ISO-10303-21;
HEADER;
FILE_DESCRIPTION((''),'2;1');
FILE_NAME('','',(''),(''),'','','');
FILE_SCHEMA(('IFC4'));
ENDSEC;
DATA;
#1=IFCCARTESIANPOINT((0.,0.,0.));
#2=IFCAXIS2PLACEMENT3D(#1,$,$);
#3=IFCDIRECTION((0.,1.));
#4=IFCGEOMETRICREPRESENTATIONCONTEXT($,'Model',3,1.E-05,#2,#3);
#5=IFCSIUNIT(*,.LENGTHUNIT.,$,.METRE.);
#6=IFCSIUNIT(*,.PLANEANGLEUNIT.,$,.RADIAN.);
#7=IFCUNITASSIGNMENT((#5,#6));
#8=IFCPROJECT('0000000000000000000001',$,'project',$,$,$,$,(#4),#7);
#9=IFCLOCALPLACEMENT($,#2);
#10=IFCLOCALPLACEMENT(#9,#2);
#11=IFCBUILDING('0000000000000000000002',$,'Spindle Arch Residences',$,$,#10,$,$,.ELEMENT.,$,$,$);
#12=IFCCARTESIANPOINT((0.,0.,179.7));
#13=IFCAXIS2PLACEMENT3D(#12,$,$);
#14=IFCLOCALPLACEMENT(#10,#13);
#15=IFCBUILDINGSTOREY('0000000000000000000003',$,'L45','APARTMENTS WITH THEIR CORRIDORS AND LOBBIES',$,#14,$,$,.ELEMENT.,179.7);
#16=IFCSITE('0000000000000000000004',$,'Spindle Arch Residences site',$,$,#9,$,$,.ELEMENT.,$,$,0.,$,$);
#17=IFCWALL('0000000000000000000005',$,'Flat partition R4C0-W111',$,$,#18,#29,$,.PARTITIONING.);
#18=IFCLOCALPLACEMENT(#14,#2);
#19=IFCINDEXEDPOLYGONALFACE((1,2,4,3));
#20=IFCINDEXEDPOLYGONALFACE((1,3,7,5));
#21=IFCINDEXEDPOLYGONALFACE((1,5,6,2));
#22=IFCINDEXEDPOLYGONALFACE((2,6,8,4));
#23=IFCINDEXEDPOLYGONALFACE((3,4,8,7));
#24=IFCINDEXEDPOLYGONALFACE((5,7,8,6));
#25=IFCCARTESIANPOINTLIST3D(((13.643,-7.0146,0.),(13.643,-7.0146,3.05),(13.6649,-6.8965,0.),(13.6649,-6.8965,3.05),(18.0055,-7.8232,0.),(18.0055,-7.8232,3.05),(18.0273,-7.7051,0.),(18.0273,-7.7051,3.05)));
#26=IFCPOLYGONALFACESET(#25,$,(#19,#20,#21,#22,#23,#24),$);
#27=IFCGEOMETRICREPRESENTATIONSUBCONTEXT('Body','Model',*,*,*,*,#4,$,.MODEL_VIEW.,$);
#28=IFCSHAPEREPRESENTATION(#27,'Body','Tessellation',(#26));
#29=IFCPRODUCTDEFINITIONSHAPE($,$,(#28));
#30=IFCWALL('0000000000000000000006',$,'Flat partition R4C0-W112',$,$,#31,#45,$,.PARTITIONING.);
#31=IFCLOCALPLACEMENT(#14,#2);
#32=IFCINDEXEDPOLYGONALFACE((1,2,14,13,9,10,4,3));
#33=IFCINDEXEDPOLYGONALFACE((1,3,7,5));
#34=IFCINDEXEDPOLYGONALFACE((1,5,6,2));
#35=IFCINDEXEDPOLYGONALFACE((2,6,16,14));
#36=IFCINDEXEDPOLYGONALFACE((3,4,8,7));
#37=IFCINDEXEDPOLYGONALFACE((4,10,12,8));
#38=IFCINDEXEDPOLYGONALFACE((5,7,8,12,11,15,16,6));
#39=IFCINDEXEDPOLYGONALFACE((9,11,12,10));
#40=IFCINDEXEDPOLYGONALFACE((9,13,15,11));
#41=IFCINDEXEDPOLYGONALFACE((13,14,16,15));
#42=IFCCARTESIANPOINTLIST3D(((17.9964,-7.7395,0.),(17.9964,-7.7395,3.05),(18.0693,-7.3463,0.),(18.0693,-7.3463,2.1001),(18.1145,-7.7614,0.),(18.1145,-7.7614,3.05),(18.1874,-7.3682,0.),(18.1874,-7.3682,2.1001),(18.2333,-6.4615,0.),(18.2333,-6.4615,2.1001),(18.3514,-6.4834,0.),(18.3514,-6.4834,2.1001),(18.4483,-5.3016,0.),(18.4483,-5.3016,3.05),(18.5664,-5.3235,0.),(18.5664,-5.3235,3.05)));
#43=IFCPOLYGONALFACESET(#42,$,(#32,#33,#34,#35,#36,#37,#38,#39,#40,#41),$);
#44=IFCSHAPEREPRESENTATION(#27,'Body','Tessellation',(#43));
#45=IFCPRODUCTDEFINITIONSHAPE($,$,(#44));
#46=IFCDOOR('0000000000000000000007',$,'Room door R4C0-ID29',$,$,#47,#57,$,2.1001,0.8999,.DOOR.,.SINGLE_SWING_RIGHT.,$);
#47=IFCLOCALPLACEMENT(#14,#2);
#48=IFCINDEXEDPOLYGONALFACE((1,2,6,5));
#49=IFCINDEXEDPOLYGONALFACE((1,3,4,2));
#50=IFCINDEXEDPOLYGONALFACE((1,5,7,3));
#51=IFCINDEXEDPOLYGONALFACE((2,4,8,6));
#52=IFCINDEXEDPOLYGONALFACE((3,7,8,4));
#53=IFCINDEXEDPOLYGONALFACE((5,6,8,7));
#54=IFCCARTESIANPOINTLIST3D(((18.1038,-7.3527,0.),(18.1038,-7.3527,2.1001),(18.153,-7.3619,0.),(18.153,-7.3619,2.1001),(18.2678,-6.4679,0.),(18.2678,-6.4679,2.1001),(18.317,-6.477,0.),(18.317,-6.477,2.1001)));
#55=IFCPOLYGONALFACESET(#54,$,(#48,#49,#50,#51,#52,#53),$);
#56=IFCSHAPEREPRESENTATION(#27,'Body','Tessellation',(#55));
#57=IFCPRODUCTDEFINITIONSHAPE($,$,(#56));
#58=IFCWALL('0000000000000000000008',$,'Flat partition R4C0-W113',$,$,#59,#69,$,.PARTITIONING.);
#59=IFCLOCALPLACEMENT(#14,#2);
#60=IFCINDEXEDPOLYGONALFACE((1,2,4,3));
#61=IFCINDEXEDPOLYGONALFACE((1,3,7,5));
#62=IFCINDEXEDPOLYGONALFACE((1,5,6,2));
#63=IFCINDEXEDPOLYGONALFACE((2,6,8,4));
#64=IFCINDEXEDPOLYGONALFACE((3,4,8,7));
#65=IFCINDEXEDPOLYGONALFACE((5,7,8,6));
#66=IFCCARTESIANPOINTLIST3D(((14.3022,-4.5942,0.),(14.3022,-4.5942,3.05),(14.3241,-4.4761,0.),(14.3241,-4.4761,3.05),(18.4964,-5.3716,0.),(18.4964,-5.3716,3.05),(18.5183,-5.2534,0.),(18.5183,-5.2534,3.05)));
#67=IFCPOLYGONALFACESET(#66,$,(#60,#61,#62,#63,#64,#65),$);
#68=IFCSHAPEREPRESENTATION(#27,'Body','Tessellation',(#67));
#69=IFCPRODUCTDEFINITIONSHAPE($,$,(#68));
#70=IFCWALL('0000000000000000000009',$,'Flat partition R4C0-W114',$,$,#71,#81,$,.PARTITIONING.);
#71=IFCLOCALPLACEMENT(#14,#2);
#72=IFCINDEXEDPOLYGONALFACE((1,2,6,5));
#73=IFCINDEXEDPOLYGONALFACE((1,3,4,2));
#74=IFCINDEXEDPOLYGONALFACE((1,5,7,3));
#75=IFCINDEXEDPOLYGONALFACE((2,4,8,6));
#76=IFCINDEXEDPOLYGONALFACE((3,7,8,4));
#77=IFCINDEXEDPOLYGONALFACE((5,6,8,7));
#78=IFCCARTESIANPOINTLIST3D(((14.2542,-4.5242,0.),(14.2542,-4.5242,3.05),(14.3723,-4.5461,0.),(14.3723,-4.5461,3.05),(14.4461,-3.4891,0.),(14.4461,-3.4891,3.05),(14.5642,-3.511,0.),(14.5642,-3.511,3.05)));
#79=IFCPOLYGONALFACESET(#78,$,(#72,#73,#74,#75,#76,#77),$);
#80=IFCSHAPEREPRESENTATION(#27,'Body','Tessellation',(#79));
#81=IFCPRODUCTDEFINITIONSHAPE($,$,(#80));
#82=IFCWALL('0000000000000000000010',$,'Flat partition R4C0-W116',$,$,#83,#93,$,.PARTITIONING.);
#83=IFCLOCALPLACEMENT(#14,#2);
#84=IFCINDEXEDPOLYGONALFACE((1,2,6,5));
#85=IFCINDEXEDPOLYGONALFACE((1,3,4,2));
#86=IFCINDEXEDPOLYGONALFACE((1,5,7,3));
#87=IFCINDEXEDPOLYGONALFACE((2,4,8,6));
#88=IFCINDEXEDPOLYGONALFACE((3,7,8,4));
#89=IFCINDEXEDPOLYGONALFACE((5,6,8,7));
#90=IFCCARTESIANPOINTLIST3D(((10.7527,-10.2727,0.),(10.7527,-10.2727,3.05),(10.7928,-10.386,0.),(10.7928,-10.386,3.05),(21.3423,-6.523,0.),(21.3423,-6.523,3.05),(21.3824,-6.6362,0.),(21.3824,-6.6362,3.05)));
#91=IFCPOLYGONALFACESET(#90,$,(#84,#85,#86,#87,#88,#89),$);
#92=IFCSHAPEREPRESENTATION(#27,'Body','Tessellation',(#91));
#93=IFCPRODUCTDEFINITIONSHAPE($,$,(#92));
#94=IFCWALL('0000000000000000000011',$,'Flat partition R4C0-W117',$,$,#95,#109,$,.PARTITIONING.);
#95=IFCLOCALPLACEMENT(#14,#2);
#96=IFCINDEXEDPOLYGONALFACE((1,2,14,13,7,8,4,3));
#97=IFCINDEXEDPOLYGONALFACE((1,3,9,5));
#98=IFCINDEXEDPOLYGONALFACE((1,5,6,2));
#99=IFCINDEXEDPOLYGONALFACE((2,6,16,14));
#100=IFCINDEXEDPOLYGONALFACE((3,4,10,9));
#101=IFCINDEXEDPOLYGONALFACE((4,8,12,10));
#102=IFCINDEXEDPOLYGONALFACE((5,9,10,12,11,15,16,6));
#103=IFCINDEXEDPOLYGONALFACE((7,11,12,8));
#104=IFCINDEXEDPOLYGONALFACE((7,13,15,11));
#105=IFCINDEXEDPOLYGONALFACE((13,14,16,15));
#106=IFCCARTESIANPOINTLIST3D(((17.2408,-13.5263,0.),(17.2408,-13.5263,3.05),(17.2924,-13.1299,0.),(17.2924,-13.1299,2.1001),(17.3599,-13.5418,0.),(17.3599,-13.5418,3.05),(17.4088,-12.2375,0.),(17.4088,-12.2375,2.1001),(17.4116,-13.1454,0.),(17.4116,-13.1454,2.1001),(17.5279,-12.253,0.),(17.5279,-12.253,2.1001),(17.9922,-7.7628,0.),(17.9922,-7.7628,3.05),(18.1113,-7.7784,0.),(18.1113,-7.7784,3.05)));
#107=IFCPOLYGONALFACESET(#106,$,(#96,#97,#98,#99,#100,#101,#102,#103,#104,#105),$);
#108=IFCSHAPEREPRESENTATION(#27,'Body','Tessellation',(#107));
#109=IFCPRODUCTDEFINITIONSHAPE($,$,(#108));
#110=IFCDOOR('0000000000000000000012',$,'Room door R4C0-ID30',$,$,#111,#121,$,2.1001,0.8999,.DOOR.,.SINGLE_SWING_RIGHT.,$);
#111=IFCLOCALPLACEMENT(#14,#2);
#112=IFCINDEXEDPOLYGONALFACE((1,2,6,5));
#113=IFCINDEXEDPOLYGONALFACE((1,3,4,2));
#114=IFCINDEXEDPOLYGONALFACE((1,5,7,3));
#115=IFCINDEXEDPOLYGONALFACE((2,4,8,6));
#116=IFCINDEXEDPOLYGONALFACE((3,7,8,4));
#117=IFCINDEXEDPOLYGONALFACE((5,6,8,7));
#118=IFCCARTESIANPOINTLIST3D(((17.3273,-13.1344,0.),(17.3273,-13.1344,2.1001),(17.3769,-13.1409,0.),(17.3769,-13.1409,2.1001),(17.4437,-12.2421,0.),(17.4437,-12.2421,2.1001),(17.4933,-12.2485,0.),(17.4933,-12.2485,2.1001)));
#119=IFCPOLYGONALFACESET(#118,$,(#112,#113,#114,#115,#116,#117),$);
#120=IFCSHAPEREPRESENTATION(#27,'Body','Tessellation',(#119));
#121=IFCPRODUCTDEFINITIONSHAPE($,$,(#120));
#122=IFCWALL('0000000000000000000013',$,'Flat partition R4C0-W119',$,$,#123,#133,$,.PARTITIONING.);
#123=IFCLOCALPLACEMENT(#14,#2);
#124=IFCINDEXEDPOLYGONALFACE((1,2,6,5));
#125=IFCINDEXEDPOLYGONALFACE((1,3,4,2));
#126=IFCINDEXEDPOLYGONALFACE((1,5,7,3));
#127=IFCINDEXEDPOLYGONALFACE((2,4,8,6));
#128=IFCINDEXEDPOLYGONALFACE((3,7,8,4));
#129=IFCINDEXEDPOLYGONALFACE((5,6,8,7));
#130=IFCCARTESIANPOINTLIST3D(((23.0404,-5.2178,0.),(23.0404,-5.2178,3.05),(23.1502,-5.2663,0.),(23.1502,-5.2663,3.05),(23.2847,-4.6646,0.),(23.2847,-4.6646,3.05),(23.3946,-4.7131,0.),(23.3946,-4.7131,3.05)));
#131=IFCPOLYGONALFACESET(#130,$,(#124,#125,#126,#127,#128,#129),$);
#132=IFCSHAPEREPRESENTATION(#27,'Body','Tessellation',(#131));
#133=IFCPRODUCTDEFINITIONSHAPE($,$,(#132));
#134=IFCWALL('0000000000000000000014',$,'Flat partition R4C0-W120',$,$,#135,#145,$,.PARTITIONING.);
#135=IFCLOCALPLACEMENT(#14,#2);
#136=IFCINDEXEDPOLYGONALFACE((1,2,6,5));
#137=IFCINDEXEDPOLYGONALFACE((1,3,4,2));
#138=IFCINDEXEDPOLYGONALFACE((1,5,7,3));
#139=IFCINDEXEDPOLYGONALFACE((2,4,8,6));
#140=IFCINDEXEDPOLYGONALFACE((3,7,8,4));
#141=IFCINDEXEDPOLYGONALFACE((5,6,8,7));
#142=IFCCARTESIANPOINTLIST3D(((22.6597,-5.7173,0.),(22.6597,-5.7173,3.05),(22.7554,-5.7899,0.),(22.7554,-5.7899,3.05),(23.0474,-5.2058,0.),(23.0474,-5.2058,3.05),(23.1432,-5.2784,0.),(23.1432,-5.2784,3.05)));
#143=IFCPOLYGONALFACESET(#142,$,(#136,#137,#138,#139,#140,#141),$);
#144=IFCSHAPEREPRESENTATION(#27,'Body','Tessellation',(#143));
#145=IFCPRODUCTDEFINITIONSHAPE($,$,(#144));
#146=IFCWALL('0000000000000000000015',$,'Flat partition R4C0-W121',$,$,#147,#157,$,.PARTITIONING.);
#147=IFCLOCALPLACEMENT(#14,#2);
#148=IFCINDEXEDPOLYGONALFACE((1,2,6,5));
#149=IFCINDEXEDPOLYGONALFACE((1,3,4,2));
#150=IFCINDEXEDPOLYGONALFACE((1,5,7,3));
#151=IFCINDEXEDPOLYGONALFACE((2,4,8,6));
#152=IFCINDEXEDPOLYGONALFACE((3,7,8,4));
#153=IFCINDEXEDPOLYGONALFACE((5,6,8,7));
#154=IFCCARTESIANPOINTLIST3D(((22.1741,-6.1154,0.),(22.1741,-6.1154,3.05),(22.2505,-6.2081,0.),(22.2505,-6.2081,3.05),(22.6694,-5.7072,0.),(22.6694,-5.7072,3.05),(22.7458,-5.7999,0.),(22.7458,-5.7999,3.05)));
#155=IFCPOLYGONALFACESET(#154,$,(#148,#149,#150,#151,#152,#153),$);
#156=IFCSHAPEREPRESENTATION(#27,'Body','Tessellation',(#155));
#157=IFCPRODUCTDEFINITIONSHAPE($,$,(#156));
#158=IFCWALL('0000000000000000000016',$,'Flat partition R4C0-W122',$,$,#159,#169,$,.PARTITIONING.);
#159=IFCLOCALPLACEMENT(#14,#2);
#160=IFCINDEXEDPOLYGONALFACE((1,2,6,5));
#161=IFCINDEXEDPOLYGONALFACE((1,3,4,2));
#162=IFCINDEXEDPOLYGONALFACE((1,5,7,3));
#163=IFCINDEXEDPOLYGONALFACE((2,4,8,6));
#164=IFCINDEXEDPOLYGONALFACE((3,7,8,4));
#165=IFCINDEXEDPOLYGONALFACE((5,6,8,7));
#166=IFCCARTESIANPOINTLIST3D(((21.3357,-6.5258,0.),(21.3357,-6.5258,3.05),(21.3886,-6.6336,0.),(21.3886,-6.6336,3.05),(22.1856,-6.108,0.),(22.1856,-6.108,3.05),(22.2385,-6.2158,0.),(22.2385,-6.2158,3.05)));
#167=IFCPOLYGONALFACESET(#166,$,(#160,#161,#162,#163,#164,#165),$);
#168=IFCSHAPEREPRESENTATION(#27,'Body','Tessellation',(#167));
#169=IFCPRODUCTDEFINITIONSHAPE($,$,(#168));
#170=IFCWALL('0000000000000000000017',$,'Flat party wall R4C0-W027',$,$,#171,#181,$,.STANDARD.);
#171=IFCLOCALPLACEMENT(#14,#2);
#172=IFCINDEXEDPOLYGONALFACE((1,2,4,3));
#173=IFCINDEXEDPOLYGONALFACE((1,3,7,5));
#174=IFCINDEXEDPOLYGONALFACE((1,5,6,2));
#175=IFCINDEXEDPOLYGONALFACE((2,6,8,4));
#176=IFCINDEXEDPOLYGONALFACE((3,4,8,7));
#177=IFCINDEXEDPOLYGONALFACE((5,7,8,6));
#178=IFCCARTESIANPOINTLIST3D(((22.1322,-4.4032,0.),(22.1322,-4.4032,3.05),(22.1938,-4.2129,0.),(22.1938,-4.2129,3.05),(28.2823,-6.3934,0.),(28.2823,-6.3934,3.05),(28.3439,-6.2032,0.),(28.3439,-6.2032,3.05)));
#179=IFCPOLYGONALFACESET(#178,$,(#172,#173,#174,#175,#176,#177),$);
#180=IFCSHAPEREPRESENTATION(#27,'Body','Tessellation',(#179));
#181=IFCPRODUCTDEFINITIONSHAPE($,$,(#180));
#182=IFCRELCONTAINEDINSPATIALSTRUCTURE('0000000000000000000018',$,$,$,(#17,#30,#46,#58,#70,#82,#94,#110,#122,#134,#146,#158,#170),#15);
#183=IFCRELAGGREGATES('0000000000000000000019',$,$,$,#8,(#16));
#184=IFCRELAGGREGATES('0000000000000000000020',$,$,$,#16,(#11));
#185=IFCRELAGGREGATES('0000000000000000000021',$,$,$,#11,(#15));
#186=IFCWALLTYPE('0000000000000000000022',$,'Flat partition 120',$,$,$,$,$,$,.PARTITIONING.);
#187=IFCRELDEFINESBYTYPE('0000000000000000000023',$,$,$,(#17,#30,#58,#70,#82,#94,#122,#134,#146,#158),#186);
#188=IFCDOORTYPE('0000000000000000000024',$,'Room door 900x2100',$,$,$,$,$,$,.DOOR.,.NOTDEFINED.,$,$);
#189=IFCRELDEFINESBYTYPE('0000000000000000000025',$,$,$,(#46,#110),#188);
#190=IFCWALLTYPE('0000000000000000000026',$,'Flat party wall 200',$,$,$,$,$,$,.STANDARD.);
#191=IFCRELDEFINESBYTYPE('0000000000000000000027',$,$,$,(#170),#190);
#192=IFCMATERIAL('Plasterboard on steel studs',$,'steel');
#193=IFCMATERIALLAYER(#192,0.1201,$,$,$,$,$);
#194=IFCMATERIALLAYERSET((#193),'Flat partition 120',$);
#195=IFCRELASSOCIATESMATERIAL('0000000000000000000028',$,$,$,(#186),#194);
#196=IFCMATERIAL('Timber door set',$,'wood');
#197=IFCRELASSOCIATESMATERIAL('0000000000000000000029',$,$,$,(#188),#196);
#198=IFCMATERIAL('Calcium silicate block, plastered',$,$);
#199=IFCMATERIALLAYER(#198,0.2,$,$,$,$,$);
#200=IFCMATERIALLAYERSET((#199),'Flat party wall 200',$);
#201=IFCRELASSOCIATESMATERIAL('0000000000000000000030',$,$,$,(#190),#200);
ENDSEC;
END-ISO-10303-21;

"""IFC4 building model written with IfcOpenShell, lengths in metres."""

from ifc_helpers import new_model, si_unit, direction, frame, frame_2d, origin, place, context, subcontext, project, spatial, rectangle, extrude, material, layer, layer_set, type_object, element, fill, save


model = new_model("IFC4")

# Units and contexts
model_context = context("Model", 3, precision=1e-05, world=origin(), true_north=direction((0.0, 1.0)))
body_context = subcontext(model_context, "Body", "Model", "MODEL_VIEW")
ifc_project = project(units=[si_unit("LENGTHUNIT", "METRE"), si_unit("PLANEANGLEUNIT", "RADIAN")], contexts=[model_context])

# Site, building, storey
site_placement = place(None, origin())
site = spatial("IfcSite", under=ifc_project, at=site_placement, Name="Spindle Arch Residences site", CompositionType="ELEMENT", RefElevation=0.0)
building_placement = place(site_placement, origin())
building = spatial("IfcBuilding", under=site, at=building_placement, Name="Spindle Arch Residences", CompositionType="ELEMENT")
storey_placement = place(building_placement, frame((0.0, 0.0, 179.7)))
storey = spatial("IfcBuildingStorey", under=building, at=storey_placement, Name="L45", Description="APARTMENTS WITH THEIR CORRIDORS AND LOBBIES", CompositionType="ELEMENT", Elevation=179.7)

# Shared definitions
ifc_material_1 = material(Name="Plasterboard on steel studs", Category="steel")
ifc_layer_1 = layer(ifc_material_1, 0.1201)
ifc_layer_set_1 = layer_set([ifc_layer_1], Name="Flat partition 120")
wall_type_1 = type_object("IfcWallType", Name="Flat partition 120", PredefinedType="PARTITIONING", material=ifc_layer_set_1)

# Wall
wall_1_placement = place(storey_placement, frame((13.6541, -6.9556, 0.0), z_axis=(0.0, 0.0, 1.0), x_axis=(0.983253, -0.182245, 0.0)))
element("IfcWall", 1, at=wall_1_placement, inside=storey, type_object=wall_type_1, Name="Flat partition R4C0-W111", PredefinedType="PARTITIONING", context=body_context, shape_type="SweptSolid", body=[
    extrude(rectangle(XDim=4.4368, YDim=0.1201, at=frame_2d((2.2183, 0.0))), origin(), (0.0, 0.0, 1.0), 3.05),
])

# Wall, opening, door
wall_2_placement = place(storey_placement, frame((18.0554, -7.7505, 0.0), z_axis=(0.0, 0.0, 1.0), x_axis=(0.182255, 0.983251, 0.0)))
wall_2 = element("IfcWall", 2, at=wall_2_placement, inside=storey, type_object=wall_type_1, Name="Flat partition R4C0-W112", PredefinedType="PARTITIONING", context=body_context, shape_type="SweptSolid", body=[
    extrude(rectangle(XDim=2.4795, YDim=0.1201, at=frame_2d((1.2397, 0.0))), origin(), (0.0, 0.0, 1.0), 3.05),
])
opening_1_placement = place(wall_2_placement, frame((0.3999, 0.0, 0.0)))
opening_1 = element("IfcOpeningElement", 3, at=opening_1_placement, cuts=wall_2, PredefinedType="OPENING", context=body_context, shape_type="SweptSolid", body=[
    extrude(rectangle(XDim=0.8999, YDim=2.1001, at=frame_2d((0.45, 1.05))), frame((0.0, 0.0701, 0.0), z_axis=(0.0, -1.0, 0.0), x_axis=(1.0, 0.0, 0.0)), (0.0, 0.0, 1.0), 0.1401),
])
ifc_material_2 = material(Name="Timber door set", Category="wood")
door_type_1 = type_object("IfcDoorType", Name="Room door 900x2100", OperationType="NOTDEFINED", PredefinedType="DOOR", material=ifc_material_2)
door_1_placement = place(opening_1_placement, origin())
door_1 = element("IfcDoor", 4, at=door_1_placement, inside=storey, type_object=door_type_1, Name="Room door R4C0-ID29", OperationType="SINGLE_SWING_RIGHT", OverallHeight=2.1001, OverallWidth=0.8999, PredefinedType="DOOR", context=body_context, shape_type="SweptSolid", body=[
    extrude(rectangle(XDim=0.8999, YDim=2.1001, at=frame_2d((0.45, 1.05))), frame((0.0, 0.0249, 0.0), z_axis=(0.0, -1.0, 0.0), x_axis=(1.0, 0.0, 0.0)), (0.0, 0.0, 1.0), 0.05),
])
fill(opening_1, door_1)

# Walls
wall_3_placement = place(storey_placement, frame((18.5073, -5.3125, 0.0), z_axis=(0.0, 0.0, 1.0), x_axis=(-0.983254, 0.182239, 0.0)))
element("IfcWall", 5, at=wall_3_placement, inside=storey, type_object=wall_type_1, Name="Flat partition R4C0-W113", PredefinedType="PARTITIONING", context=body_context, shape_type="SweptSolid", body=[
    extrude(rectangle(XDim=4.2656, YDim=0.1201, at=frame_2d((2.1328, 0.0))), origin(), (0.0, 0.0, 1.0), 3.05),
])
wall_4_placement = place(storey_placement, frame((14.3132, -4.5352, 0.0), z_axis=(0.0, 0.0, 1.0), x_axis=(0.182272, 0.983248, 0.0)))
element("IfcWall", 6, at=wall_4_placement, inside=storey, type_object=wall_type_1, Name="Flat partition R4C0-W114", PredefinedType="PARTITIONING", context=body_context, shape_type="SweptSolid", body=[
    extrude(rectangle(XDim=1.0527, YDim=0.1201, at=frame_2d((0.5264, 0.0))), origin(), (0.0, 0.0, 1.0), 3.05),
])
wall_5_placement = place(storey_placement, frame((21.3623, -6.5796, 0.0), z_axis=(0.0, 0.0, 1.0), x_axis=(-0.942648, -0.33379, 0.0)))
element("IfcWall", 7, at=wall_5_placement, inside=storey, type_object=wall_type_1, Name="Flat partition R4C0-W116", PredefinedType="PARTITIONING", context=body_context, shape_type="SweptSolid", body=[
    extrude(rectangle(XDim=11.2339, YDim=0.1201, at=frame_2d((5.6169, 0.0))), origin(), (0.0, 0.0, 1.0), 3.05),
])

# Wall, opening, door
wall_6_placement = place(storey_placement, frame((17.3003, -13.5342, 0.0), z_axis=(0.0, 0.0, 1.0), x_axis=(0.129291, 0.991607, 0.0)))
wall_6 = element("IfcWall", 8, at=wall_6_placement, inside=storey, type_object=wall_type_1, Name="Flat partition R4C0-W117", PredefinedType="PARTITIONING", context=body_context, shape_type="SweptSolid", body=[
    extrude(rectangle(XDim=5.8123, YDim=0.1201, at=frame_2d((2.9062, 0.0))), origin(), (0.0, 0.0, 1.0), 3.05),
])
opening_2_placement = place(wall_6_placement, frame((0.3999, 0.0, 0.0)))
opening_2 = element("IfcOpeningElement", 9, at=opening_2_placement, cuts=wall_6, PredefinedType="OPENING", context=body_context, shape_type="SweptSolid", body=[
    extrude(rectangle(XDim=0.8999, YDim=2.1001, at=frame_2d((0.45, 1.05))), frame((0.0, 0.0701, 0.0), z_axis=(0.0, -1.0, 0.0), x_axis=(1.0, 0.0, 0.0)), (0.0, 0.0, 1.0), 0.1401),
])
door_2_placement = place(opening_2_placement, origin())
door_2 = element("IfcDoor", 10, at=door_2_placement, inside=storey, type_object=door_type_1, Name="Room door R4C0-ID30", OperationType="SINGLE_SWING_RIGHT", OverallHeight=2.1001, OverallWidth=0.8999, PredefinedType="DOOR", context=body_context, shape_type="SweptSolid", body=[
    extrude(rectangle(XDim=0.8999, YDim=2.1001, at=frame_2d((0.45, 1.05))), frame((0.0, 0.0249, 0.0), z_axis=(0.0, -1.0, 0.0), x_axis=(1.0, 0.0, 0.0)), (0.0, 0.0, 1.0), 0.05),
])
fill(opening_2, door_2)

# Walls
wall_7_placement = place(storey_placement, frame((23.3396, -4.689, 0.0), z_axis=(0.0, 0.0, 1.0), x_axis=(-0.404077, -0.914725, 0.0)))
element("IfcWall", 11, at=wall_7_placement, inside=storey, type_object=wall_type_1, Name="Flat partition R4C0-W119", PredefinedType="PARTITIONING", context=body_context, shape_type="SweptSolid", body=[
    extrude(rectangle(XDim=0.6047, YDim=0.1201, at=frame_2d((0.3022, 0.0))), origin(), (0.0, 0.0, 1.0), 3.05),
])
for number, where, z_axis, x_axis, name in (
    (12, (23.0952, -5.2422, 0.0), (0.0, 0.0, 1.0), (-0.60407, -0.796931, 0.0), "Flat partition R4C0-W120"),
    (13, (22.7075, -5.7537, 0.0), (0.0, 0.0, 1.0), (-0.771733, -0.635947, 0.0), "Flat partition R4C0-W121"),
):
    element("IfcWall", number, at=place(storey_placement, frame(where, z_axis=z_axis, x_axis=x_axis)), inside=storey, type_object=wall_type_1, Name=name, PredefinedType="PARTITIONING", context=body_context, shape_type="SweptSolid", body=[
        extrude(rectangle(XDim=0.6418, YDim=0.1201, at=frame_2d((0.3208, 0.0))), origin(), (0.0, 0.0, 1.0), 3.05),
    ])
wall_8_placement = place(storey_placement, frame((22.2122, -6.1619, 0.0), z_axis=(0.0, 0.0, 1.0), x_axis=(-0.897449, -0.441119, 0.0)))
element("IfcWall", 14, at=wall_8_placement, inside=storey, type_object=wall_type_1, Name="Flat partition R4C0-W122", PredefinedType="PARTITIONING", context=body_context, shape_type="SweptSolid", body=[
    extrude(rectangle(XDim=0.947, YDim=0.1201, at=frame_2d((0.4736, 0.0))), origin(), (0.0, 0.0, 1.0), 3.05),
])
ifc_material_3 = material(Name="Calcium silicate block, plastered")
ifc_layer_2 = layer(ifc_material_3, 0.2)
ifc_layer_set_2 = layer_set([ifc_layer_2], Name="Flat party wall 200")
wall_type_2 = type_object("IfcWallType", Name="Flat party wall 200", PredefinedType="STANDARD", material=ifc_layer_set_2)
wall_9_placement = place(storey_placement, frame((22.1631, -4.3081, 0.0), z_axis=(0.0, 0.0, 1.0), x_axis=(0.951423, -0.307888, 0.0)))
element("IfcWall", 15, at=wall_9_placement, inside=storey, type_object=wall_type_2, Name="Flat party wall R4C0-W027", PredefinedType="STANDARD", context=body_context, shape_type="SweptSolid", body=[
    extrude(rectangle(XDim=6.4641, YDim=0.2, at=frame_2d((3.2319, 0.0))), origin(), (0.0, 0.0, 1.0), 3.05),
])

save(model, "model.ifc")
